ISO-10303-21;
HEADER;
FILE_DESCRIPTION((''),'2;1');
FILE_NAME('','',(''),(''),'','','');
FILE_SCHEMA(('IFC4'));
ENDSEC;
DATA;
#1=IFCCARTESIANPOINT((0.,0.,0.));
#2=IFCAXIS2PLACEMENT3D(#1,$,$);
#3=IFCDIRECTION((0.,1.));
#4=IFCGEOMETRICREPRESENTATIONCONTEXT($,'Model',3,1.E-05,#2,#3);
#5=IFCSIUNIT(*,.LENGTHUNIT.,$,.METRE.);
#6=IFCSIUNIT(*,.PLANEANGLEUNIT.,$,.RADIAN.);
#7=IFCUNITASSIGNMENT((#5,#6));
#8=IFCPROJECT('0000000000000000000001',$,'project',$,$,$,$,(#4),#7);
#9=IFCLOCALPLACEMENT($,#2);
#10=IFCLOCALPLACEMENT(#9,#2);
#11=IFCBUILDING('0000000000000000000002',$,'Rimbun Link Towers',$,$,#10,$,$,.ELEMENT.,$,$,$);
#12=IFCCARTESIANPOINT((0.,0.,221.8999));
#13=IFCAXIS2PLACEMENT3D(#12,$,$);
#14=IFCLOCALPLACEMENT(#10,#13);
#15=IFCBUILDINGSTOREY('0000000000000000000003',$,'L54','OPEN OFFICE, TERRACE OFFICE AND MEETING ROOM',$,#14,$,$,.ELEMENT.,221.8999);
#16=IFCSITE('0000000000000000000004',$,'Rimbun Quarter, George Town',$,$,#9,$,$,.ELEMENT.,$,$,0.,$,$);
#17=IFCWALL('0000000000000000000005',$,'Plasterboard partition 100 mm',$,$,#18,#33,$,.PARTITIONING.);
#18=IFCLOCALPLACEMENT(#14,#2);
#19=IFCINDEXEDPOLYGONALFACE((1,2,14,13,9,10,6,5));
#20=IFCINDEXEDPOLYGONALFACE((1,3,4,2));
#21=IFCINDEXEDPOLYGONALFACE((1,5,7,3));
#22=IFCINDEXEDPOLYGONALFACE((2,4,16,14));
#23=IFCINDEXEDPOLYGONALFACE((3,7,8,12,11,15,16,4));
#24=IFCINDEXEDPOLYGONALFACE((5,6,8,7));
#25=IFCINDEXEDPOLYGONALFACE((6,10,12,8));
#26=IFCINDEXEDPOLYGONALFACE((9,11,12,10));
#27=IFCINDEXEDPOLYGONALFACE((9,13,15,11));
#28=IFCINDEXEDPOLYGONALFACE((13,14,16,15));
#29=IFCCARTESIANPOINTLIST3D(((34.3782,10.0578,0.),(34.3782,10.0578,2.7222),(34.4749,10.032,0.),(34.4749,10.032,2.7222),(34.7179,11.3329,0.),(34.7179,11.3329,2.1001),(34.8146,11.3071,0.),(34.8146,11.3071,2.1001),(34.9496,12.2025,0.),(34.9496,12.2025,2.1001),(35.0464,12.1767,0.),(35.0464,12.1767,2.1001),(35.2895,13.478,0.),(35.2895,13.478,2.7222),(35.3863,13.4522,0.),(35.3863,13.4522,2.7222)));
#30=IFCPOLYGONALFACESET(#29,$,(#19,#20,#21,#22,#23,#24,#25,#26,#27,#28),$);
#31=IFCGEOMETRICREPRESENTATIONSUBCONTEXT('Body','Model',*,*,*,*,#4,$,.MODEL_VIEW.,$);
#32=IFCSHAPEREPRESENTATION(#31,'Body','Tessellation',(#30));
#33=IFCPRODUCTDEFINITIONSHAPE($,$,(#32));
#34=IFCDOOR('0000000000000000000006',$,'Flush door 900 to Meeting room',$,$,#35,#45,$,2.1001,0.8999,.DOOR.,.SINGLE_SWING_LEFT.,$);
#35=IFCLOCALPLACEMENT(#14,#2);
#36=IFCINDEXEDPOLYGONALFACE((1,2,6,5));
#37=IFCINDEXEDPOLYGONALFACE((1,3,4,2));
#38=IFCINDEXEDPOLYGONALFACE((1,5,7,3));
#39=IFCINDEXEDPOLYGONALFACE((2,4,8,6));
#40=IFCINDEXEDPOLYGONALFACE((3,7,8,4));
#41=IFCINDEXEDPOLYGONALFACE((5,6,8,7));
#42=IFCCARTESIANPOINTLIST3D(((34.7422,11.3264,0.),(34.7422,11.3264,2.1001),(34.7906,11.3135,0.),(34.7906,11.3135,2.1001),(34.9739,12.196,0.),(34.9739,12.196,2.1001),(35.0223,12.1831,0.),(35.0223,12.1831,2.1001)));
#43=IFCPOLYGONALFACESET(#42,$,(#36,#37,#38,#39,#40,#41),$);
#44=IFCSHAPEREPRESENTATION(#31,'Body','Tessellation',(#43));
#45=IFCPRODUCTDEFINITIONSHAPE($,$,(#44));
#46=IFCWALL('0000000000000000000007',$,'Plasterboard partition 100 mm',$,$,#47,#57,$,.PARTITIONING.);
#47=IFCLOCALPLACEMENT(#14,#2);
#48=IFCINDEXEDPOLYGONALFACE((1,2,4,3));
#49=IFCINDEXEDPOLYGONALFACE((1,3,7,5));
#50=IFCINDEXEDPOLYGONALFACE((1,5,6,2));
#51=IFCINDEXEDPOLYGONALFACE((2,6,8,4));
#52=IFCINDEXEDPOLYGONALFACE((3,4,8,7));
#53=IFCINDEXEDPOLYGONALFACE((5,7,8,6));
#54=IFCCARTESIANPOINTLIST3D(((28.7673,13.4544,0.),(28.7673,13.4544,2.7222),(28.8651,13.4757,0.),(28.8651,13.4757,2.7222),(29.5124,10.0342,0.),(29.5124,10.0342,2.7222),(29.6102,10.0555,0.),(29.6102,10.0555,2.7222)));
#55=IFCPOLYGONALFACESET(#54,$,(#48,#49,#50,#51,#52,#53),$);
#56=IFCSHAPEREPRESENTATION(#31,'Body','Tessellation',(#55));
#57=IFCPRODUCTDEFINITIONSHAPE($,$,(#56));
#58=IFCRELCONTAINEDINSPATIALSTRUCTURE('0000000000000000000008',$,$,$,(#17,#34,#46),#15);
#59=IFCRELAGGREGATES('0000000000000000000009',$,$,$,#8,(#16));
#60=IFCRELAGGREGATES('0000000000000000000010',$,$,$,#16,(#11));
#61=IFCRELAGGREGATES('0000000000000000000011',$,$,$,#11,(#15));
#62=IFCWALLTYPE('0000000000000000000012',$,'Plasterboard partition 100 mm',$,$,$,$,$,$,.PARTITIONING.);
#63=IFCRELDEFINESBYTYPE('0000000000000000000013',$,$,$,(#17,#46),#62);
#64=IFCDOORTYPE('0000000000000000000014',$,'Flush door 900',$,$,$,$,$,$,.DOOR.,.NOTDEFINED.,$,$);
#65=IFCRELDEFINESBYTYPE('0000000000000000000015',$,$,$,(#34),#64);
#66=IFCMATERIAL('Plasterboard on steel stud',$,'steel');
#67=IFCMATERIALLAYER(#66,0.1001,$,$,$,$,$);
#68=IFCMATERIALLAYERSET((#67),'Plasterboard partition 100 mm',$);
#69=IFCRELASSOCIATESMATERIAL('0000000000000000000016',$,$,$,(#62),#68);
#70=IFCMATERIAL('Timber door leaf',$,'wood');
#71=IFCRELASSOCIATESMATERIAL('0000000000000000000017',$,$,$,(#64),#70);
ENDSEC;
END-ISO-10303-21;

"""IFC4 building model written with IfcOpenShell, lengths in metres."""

from ifc_helpers import new_model, si_unit, direction, frame, frame_2d, origin, place, context, subcontext, project, spatial, rectangle, extrude, material, layer, layer_set, type_object, element, fill, save


model = new_model("IFC4")

# Units and contexts
model_context = context("Model", 3, precision=1e-05, world=origin(), true_north=direction((0.0, 1.0)))
body_context = subcontext(model_context, "Body", "Model", "MODEL_VIEW")
ifc_project = project(units=[si_unit("LENGTHUNIT", "METRE"), si_unit("PLANEANGLEUNIT", "RADIAN")], contexts=[model_context])

# Site, building, storey
site_placement = place(None, origin())
site = spatial("IfcSite", under=ifc_project, at=site_placement, Name="Rimbun Quarter, George Town", CompositionType="ELEMENT", RefElevation=0.0)
building_placement = place(site_placement, origin())
building = spatial("IfcBuilding", under=site, at=building_placement, Name="Rimbun Link Towers", CompositionType="ELEMENT")
storey_placement = place(building_placement, frame((0.0, 0.0, 221.8999)))
storey = spatial("IfcBuildingStorey", under=building, at=storey_placement, Name="L54", Description="OPEN OFFICE, TERRACE OFFICE AND MEETING ROOM", CompositionType="ELEMENT", Elevation=221.8999)

# Wall, opening, door
ifc_material_1 = material(Name="Plasterboard on steel stud", Category="steel")
ifc_layer_1 = layer(ifc_material_1, 0.1001)
ifc_layer_set_1 = layer_set([ifc_layer_1], Name="Plasterboard partition 100 mm")
wall_type = type_object("IfcWallType", Name="Plasterboard partition 100 mm", PredefinedType="PARTITIONING", material=ifc_layer_set_1)
wall_1_placement = place(storey_placement, frame((34.4265, 10.0449, 0.0), z_axis=(0.0, 0.0, 1.0), x_axis=(0.257487, 0.966282, 0.0)))
wall_1 = element("IfcWall", 1, at=wall_1_placement, inside=storey, type_object=wall_type, Name="Plasterboard partition 100 mm", PredefinedType="PARTITIONING", context=body_context, shape_type="SweptSolid", body=[
    extrude(rectangle(XDim=3.5396, YDim=0.1001, at=frame_2d((1.7698, 0.0))), origin(), (0.0, 0.0, 1.0), 2.7222),
])
opening_placement = place(wall_1_placement, frame((1.3196, 0.0, 0.0)))
opening = element("IfcOpeningElement", 2, at=opening_placement, cuts=wall_1, PredefinedType="OPENING", context=body_context, shape_type="SweptSolid", body=[
    extrude(rectangle(XDim=0.8999, YDim=2.1001, at=frame_2d((0.45, 1.05))), frame((0.0, 0.0601, 0.0), z_axis=(0.0, -1.0, 0.0), x_axis=(1.0, 0.0, 0.0)), (0.0, 0.0, 1.0), 0.1201),
])
ifc_material_2 = material(Name="Timber door leaf", Category="wood")
door_type = type_object("IfcDoorType", Name="Flush door 900", OperationType="NOTDEFINED", PredefinedType="DOOR", material=ifc_material_2)
door_placement = place(opening_placement, origin())
door = element("IfcDoor", 3, at=door_placement, inside=storey, type_object=door_type, Name="Flush door 900 to Meeting room", OperationType="SINGLE_SWING_LEFT", OverallHeight=2.1001, OverallWidth=0.8999, PredefinedType="DOOR", context=body_context, shape_type="SweptSolid", body=[
    extrude(rectangle(XDim=0.8999, YDim=2.1001, at=frame_2d((0.45, 1.05))), frame((0.0, 0.0249, 0.0), z_axis=(0.0, -1.0, 0.0), x_axis=(1.0, 0.0, 0.0)), (0.0, 0.0, 1.0), 0.05),
])
fill(opening, door)

# Wall
wall_2_placement = place(storey_placement, frame((28.8162, 13.4651, 0.0), z_axis=(0.0, 0.0, 1.0), x_axis=(0.212867, -0.977081, 0.0)))
element("IfcWall", 4, at=wall_2_placement, inside=storey, type_object=wall_type, Name="Plasterboard partition 100 mm", PredefinedType="PARTITIONING", context=body_context, shape_type="SweptSolid", body=[
    extrude(rectangle(XDim=3.5005, YDim=0.1001, at=frame_2d((1.7502, 0.0))), origin(), (0.0, 0.0, 1.0), 2.7222),
])

save(model, "model.ifc")
